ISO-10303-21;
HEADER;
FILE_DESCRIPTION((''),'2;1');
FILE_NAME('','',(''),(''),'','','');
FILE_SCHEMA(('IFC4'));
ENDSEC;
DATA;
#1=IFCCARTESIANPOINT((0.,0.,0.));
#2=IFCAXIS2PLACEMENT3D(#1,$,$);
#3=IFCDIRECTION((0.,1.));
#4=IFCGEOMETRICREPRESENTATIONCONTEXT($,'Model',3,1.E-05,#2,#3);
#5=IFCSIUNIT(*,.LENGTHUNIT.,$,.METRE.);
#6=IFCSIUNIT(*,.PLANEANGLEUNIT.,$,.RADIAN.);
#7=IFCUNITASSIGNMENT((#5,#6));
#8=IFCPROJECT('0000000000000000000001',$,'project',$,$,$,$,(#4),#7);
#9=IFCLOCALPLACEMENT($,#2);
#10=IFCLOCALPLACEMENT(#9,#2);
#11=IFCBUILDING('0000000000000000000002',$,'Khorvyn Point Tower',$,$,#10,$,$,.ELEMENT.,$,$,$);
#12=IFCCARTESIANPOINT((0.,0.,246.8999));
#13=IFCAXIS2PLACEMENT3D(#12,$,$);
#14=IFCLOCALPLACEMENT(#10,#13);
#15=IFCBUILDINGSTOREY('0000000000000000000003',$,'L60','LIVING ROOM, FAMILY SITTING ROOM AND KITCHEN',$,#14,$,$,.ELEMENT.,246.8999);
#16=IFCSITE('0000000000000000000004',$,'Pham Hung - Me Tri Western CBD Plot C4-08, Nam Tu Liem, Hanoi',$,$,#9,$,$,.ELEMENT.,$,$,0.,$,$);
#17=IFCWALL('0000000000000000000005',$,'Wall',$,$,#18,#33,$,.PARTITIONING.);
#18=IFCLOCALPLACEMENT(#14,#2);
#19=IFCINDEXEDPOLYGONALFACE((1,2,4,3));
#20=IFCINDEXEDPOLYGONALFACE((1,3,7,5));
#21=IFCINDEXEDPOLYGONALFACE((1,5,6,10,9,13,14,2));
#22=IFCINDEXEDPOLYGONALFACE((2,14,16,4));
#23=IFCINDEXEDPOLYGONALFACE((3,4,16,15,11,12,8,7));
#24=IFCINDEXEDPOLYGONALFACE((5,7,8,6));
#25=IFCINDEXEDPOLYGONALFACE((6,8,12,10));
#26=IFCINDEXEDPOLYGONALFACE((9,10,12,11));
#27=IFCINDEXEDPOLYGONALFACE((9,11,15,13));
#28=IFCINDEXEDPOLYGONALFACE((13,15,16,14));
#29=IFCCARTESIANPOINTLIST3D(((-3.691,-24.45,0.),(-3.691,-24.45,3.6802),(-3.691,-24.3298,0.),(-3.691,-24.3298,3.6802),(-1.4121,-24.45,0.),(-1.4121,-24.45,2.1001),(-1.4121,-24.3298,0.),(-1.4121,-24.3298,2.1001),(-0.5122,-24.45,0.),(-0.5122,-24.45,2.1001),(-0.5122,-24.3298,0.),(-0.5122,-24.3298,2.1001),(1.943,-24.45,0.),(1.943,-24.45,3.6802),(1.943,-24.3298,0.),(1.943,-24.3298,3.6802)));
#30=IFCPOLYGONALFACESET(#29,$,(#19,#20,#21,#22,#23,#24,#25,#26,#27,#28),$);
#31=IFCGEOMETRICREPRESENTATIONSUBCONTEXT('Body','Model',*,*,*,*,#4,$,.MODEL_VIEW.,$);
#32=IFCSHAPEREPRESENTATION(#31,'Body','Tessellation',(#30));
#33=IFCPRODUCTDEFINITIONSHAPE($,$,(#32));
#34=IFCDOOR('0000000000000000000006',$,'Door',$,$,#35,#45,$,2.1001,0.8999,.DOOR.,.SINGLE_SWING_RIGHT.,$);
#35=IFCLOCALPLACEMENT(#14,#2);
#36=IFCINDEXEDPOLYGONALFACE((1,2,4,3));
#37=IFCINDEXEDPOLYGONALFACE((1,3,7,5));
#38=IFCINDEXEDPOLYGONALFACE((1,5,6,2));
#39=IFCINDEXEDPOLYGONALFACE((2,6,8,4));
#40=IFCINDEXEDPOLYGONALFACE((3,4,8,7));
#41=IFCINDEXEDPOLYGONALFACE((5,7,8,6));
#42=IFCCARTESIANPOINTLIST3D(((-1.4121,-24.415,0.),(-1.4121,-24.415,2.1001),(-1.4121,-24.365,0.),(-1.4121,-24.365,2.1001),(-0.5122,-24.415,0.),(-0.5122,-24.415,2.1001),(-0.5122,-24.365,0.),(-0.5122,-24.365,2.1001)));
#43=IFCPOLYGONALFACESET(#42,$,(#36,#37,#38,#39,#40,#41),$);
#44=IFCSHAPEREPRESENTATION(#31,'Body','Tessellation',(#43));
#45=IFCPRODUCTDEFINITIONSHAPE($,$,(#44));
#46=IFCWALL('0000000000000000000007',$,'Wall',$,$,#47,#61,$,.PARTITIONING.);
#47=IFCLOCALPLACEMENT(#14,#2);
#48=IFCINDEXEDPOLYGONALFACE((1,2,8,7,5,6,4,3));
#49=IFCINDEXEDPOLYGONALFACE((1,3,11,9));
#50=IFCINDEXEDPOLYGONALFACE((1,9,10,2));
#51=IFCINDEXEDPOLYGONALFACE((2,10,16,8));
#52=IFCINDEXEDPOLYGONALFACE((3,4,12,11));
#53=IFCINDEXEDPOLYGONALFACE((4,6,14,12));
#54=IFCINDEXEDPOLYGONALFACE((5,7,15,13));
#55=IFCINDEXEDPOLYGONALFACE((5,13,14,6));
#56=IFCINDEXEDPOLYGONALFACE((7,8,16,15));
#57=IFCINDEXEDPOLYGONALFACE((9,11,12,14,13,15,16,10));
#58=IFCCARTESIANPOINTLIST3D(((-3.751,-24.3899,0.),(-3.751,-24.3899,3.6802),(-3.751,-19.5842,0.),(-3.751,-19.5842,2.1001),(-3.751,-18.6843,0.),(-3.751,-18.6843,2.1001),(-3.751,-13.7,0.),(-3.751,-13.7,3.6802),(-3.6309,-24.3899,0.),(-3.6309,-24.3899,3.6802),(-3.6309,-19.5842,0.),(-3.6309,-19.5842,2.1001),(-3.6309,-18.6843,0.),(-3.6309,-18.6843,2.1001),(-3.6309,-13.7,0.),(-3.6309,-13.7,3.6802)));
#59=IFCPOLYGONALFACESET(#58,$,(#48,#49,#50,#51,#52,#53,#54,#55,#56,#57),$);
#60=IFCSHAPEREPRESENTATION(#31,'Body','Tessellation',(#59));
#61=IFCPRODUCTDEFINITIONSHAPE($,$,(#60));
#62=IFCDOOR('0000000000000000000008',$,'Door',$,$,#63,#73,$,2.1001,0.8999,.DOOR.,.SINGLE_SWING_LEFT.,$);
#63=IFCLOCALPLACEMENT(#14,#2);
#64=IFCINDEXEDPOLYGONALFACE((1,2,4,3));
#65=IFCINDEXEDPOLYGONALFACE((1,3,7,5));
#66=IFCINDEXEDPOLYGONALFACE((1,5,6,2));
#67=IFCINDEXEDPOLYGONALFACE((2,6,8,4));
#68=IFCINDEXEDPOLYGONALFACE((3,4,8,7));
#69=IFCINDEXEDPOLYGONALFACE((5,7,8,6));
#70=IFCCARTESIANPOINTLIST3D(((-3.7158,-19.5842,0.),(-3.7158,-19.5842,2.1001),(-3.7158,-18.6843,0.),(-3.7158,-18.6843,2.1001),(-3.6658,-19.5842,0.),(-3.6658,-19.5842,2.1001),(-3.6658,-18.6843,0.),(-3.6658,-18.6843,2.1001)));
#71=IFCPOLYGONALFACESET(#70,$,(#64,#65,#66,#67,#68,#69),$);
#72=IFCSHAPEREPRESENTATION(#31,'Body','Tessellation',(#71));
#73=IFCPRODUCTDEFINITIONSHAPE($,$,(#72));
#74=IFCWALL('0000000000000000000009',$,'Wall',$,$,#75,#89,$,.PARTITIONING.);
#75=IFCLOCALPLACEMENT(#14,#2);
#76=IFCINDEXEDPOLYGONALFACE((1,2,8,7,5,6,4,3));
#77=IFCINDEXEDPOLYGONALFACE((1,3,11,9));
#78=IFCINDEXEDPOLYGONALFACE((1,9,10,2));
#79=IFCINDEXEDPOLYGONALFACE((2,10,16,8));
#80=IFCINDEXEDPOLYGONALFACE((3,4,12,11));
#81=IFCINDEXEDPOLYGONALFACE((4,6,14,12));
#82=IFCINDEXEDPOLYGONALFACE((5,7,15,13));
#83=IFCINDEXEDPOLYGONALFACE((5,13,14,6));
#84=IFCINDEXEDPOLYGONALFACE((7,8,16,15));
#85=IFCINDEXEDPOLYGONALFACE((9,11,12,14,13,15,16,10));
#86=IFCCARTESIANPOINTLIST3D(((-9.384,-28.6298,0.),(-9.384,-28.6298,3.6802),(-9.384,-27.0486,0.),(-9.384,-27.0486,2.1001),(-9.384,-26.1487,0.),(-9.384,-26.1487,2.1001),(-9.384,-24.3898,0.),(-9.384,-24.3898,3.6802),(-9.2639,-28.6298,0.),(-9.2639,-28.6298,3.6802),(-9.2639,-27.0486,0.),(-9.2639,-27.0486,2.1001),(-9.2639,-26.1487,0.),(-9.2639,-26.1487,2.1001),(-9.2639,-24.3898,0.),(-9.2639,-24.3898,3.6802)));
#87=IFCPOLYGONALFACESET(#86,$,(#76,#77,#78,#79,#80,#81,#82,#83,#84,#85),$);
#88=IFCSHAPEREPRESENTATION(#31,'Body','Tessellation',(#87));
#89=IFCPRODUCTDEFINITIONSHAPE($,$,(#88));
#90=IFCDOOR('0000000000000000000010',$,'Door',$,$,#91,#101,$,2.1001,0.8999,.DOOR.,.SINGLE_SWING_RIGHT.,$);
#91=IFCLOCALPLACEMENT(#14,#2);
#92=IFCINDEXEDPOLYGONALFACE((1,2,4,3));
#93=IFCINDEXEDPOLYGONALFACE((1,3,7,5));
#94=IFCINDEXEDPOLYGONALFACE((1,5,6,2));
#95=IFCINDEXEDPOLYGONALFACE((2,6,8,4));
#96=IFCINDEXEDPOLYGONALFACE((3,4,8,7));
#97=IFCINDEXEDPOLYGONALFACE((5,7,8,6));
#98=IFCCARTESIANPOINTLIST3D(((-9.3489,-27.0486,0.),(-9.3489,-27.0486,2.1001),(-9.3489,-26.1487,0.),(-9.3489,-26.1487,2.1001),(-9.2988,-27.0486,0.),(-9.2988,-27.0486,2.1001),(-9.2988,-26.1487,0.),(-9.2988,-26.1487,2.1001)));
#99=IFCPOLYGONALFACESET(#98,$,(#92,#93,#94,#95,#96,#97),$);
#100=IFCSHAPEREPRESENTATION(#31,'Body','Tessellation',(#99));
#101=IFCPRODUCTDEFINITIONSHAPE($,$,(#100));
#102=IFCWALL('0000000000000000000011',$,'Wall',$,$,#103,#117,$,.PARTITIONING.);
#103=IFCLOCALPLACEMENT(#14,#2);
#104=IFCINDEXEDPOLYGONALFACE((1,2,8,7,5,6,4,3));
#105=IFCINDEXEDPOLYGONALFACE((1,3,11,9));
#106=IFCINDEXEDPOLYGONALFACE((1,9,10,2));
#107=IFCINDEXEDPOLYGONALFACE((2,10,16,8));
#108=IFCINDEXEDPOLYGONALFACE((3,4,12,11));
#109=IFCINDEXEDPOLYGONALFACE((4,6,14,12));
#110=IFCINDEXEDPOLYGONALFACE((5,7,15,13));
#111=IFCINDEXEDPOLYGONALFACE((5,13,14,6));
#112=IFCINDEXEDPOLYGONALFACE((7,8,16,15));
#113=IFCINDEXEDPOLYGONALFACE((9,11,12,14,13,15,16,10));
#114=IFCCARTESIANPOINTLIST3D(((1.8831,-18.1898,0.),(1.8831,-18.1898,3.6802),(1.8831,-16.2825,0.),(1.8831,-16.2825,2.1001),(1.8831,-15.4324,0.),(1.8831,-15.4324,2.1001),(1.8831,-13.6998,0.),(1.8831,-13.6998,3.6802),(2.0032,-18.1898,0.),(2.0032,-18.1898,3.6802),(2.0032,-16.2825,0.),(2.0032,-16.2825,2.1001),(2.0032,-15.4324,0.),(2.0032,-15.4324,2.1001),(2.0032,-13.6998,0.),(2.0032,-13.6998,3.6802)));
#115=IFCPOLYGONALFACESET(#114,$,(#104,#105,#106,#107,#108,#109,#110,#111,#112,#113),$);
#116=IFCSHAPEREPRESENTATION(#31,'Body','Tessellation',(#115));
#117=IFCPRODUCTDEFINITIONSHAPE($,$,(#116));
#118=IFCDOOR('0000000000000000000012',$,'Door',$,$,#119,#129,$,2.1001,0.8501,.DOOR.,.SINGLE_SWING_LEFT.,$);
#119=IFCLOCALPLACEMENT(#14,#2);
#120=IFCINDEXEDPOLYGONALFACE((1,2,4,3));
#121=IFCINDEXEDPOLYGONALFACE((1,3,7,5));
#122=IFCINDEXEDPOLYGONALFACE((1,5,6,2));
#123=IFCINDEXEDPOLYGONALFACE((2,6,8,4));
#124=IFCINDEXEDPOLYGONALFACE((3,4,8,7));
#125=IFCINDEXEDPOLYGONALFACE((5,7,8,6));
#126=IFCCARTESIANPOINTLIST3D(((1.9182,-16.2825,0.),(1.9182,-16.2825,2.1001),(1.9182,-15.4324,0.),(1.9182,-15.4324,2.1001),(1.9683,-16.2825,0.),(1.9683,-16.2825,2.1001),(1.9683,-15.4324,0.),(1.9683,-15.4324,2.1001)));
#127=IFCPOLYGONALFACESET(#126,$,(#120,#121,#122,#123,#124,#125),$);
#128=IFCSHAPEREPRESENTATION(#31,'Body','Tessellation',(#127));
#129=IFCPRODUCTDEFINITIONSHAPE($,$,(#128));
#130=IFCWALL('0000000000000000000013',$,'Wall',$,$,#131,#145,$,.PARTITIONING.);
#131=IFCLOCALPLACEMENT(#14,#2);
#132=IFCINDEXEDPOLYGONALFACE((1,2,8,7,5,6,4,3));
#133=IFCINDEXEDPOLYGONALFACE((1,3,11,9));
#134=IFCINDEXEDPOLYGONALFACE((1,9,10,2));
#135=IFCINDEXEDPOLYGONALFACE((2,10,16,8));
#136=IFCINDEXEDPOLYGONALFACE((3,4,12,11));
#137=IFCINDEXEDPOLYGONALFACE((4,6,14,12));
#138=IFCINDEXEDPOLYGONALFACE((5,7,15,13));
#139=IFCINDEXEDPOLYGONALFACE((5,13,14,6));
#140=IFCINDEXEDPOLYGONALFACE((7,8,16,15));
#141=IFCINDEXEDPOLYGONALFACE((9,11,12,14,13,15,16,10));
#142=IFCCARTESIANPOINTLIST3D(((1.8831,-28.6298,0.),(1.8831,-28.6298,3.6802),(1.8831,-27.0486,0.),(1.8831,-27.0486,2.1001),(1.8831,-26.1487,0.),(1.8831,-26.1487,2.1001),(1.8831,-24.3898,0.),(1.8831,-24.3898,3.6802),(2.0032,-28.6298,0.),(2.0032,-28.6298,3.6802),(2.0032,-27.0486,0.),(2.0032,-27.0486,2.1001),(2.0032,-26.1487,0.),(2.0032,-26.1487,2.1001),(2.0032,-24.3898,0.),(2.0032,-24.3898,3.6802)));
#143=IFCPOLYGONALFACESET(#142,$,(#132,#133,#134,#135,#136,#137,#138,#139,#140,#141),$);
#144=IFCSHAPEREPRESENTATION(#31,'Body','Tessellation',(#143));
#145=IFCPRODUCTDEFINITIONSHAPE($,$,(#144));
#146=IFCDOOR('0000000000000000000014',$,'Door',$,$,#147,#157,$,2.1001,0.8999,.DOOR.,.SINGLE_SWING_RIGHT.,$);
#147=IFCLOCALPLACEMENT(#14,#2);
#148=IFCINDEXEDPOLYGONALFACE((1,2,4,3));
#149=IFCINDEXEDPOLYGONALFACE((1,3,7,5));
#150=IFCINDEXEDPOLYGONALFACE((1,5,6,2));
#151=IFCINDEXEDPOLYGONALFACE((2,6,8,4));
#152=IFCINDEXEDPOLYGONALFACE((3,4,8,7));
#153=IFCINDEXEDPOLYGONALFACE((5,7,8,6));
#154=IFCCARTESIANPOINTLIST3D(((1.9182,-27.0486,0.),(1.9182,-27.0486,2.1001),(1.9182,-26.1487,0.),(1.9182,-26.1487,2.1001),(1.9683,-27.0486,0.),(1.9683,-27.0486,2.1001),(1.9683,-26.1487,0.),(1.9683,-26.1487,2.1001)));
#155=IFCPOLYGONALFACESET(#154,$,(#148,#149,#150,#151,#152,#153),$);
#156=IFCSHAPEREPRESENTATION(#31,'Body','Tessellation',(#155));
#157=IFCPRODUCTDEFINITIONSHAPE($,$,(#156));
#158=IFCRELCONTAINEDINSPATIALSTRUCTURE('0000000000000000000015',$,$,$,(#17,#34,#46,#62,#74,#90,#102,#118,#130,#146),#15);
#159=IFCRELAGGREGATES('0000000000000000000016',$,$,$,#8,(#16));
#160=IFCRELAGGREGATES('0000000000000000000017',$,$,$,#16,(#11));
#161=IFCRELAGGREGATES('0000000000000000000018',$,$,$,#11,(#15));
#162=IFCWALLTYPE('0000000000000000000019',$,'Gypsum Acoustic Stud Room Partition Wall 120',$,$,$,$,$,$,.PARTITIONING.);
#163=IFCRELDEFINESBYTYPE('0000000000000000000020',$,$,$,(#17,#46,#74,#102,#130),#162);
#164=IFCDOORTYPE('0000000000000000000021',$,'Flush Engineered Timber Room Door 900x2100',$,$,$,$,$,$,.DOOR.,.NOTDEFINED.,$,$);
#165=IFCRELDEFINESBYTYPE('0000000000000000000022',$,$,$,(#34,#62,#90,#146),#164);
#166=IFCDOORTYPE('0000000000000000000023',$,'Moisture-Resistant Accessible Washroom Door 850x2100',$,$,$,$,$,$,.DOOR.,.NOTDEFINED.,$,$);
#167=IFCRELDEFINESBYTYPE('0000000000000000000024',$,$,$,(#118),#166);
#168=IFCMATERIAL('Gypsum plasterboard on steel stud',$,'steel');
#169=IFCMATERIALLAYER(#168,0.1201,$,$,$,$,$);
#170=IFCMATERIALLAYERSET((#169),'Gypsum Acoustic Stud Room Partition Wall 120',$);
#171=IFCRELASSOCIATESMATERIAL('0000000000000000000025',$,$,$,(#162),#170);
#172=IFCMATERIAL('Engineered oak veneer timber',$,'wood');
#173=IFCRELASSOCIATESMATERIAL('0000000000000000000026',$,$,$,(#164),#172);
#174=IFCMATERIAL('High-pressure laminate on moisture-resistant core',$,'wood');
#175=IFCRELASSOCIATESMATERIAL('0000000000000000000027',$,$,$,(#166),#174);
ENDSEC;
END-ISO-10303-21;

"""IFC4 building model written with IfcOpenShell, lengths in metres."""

from ifc_helpers import new_model, si_unit, direction, frame, frame_2d, origin, place, context, subcontext, project, spatial, rectangle, extrude, material, layer, layer_set, type_object, element, fill, save


model = new_model("IFC4")

# Units and contexts
model_context = context("Model", 3, precision=1e-05, world=origin(), true_north=direction((0.0, 1.0)))
body_context = subcontext(model_context, "Body", "Model", "MODEL_VIEW")
ifc_project = project(units=[si_unit("LENGTHUNIT", "METRE"), si_unit("PLANEANGLEUNIT", "RADIAN")], contexts=[model_context])

# Site, building, storey
site_placement = place(None, origin())
site = spatial("IfcSite", under=ifc_project, at=site_placement, Name="Pham Hung - Me Tri Western CBD Plot C4-08, Nam Tu Liem, Hanoi", CompositionType="ELEMENT", RefElevation=0.0)
building_placement = place(site_placement, origin())
building = spatial("IfcBuilding", under=site, at=building_placement, Name="Khorvyn Point Tower", CompositionType="ELEMENT")
storey_placement = place(building_placement, frame((0.0, 0.0, 246.8999)))
storey = spatial("IfcBuildingStorey", under=building, at=storey_placement, Name="L60", Description="LIVING ROOM, FAMILY SITTING ROOM AND KITCHEN", CompositionType="ELEMENT", Elevation=246.8999)

# Walls, openings, doors
ifc_material_1 = material(Name="Gypsum plasterboard on steel stud", Category="steel")
ifc_layer_1 = layer(ifc_material_1, 0.1201)
ifc_layer_set_1 = layer_set([ifc_layer_1], Name="Gypsum Acoustic Stud Room Partition Wall 120")
wall_type_1 = type_object("IfcWallType", Name="Gypsum Acoustic Stud Room Partition Wall 120", PredefinedType="PARTITIONING", material=ifc_layer_set_1)
ifc_material_2 = material(Name="Engineered oak veneer timber", Category="wood")
door_type_1 = type_object("IfcDoorType", Name="Flush Engineered Timber Room Door 900x2100", OperationType="NOTDEFINED", PredefinedType="DOOR", material=ifc_material_2)
wall_1_placement = place(storey_placement, frame((-3.6909, -24.3899, 0.0), z_axis=(0.0, 0.0, 1.0), x_axis=(1.0, 0.0, 0.0)))
wall_1 = element("IfcWall", 1, at=wall_1_placement, inside=storey, type_object=wall_type_1, Name="Wall", PredefinedType="PARTITIONING", context=body_context, shape_type="SweptSolid", body=[
    extrude(rectangle(XDim=5.634, YDim=0.1201, at=frame_2d((2.8169, 0.0))), origin(), (0.0, 0.0, 1.0), 3.6802),
])
opening_1_placement = place(wall_1_placement, frame((2.2788, 0.0, 0.0)))
opening_1 = element("IfcOpeningElement", 2, at=opening_1_placement, cuts=wall_1, PredefinedType="OPENING", context=body_context, shape_type="SweptSolid", body=[
    extrude(rectangle(XDim=0.8999, YDim=2.1001, at=frame_2d((0.45, 1.05))), frame((0.0, 0.0701, 0.0), z_axis=(0.0, -1.0, 0.0), x_axis=(1.0, 0.0, 0.0)), (0.0, 0.0, 1.0), 0.1401),
])
door_1_placement = place(opening_1_placement, origin())
door_1 = element("IfcDoor", 3, at=door_1_placement, inside=storey, type_object=door_type_1, Name="Door", OperationType="SINGLE_SWING_RIGHT", OverallHeight=2.1001, OverallWidth=0.8999, PredefinedType="DOOR", context=body_context, shape_type="SweptSolid", body=[
    extrude(rectangle(XDim=0.8999, YDim=2.1001, at=frame_2d((0.45, 1.05))), frame((0.0, 0.0249, 0.0), z_axis=(0.0, -1.0, 0.0), x_axis=(1.0, 0.0, 0.0)), (0.0, 0.0, 1.0), 0.05),
])
fill(opening_1, door_1)
wall_2_placement = place(storey_placement, frame((-3.6909, -24.3899, 0.0), z_axis=(0.0, 0.0, 1.0), x_axis=(0.0, 1.0, 0.0)))
wall_2 = element("IfcWall", 4, at=wall_2_placement, inside=storey, type_object=wall_type_1, Name="Wall", PredefinedType="PARTITIONING", context=body_context, shape_type="SweptSolid", body=[
    extrude(rectangle(XDim=10.6899, YDim=0.1201, at=frame_2d((5.345, 0.0))), origin(), (0.0, 0.0, 1.0), 3.6802),
])
opening_2_placement = place(wall_2_placement, frame((4.8057, 0.0, 0.0)))
opening_2 = element("IfcOpeningElement", 5, at=opening_2_placement, cuts=wall_2, PredefinedType="OPENING", context=body_context, shape_type="SweptSolid", body=[
    extrude(rectangle(XDim=0.8999, YDim=2.1001, at=frame_2d((0.45, 1.05))), frame((0.0, 0.0701, 0.0), z_axis=(0.0, -1.0, 0.0), x_axis=(1.0, 0.0, 0.0)), (0.0, 0.0, 1.0), 0.1401),
])
door_2_placement = place(opening_2_placement, origin())
door_2 = element("IfcDoor", 6, at=door_2_placement, inside=storey, type_object=door_type_1, Name="Door", OperationType="SINGLE_SWING_LEFT", OverallHeight=2.1001, OverallWidth=0.8999, PredefinedType="DOOR", context=body_context, shape_type="SweptSolid", body=[
    extrude(rectangle(XDim=0.8999, YDim=2.1001, at=frame_2d((0.45, 1.05))), frame((0.0, 0.0249, 0.0), z_axis=(0.0, -1.0, 0.0), x_axis=(1.0, 0.0, 0.0)), (0.0, 0.0, 1.0), 0.05),
])
fill(opening_2, door_2)
wall_3_placement = place(storey_placement, frame((-9.324, -28.6299, 0.0), z_axis=(0.0, 0.0, 1.0), x_axis=(0.0, 1.0, 0.0)))
wall_3 = element("IfcWall", 7, at=wall_3_placement, inside=storey, type_object=wall_type_1, Name="Wall", PredefinedType="PARTITIONING", context=body_context, shape_type="SweptSolid", body=[
    extrude(rectangle(XDim=4.24, YDim=0.1201, at=frame_2d((2.1201, 0.0))), origin(), (0.0, 0.0, 1.0), 3.6802),
])
opening_3_placement = place(wall_3_placement, frame((1.5813, 0.0, 0.0)))
opening_3 = element("IfcOpeningElement", 8, at=opening_3_placement, cuts=wall_3, PredefinedType="OPENING", context=body_context, shape_type="SweptSolid", body=[
    extrude(rectangle(XDim=0.8999, YDim=2.1001, at=frame_2d((0.45, 1.05))), frame((0.0, 0.0701, 0.0), z_axis=(0.0, -1.0, 0.0), x_axis=(1.0, 0.0, 0.0)), (0.0, 0.0, 1.0), 0.1401),
])
door_3_placement = place(opening_3_placement, origin())
door_3 = element("IfcDoor", 9, at=door_3_placement, inside=storey, type_object=door_type_1, Name="Door", OperationType="SINGLE_SWING_RIGHT", OverallHeight=2.1001, OverallWidth=0.8999, PredefinedType="DOOR", context=body_context, shape_type="SweptSolid", body=[
    extrude(rectangle(XDim=0.8999, YDim=2.1001, at=frame_2d((0.45, 1.05))), frame((0.0, 0.0249, 0.0), z_axis=(0.0, -1.0, 0.0), x_axis=(1.0, 0.0, 0.0)), (0.0, 0.0, 1.0), 0.05),
])
fill(opening_3, door_3)
wall_4_placement = place(storey_placement, frame((1.9431, -18.1899, 0.0), z_axis=(0.0, 0.0, 1.0), x_axis=(0.0, 1.0, 0.0)))
wall_4 = element("IfcWall", 10, at=wall_4_placement, inside=storey, type_object=wall_type_1, Name="Wall", PredefinedType="PARTITIONING", context=body_context, shape_type="SweptSolid", body=[
    extrude(rectangle(XDim=4.49, YDim=0.1201, at=frame_2d((2.2451, 0.0))), origin(), (0.0, 0.0, 1.0), 3.6802),
])
opening_4_placement = place(wall_4_placement, frame((1.9075, 0.0, 0.0)))
opening_4 = element("IfcOpeningElement", 11, at=opening_4_placement, cuts=wall_4, PredefinedType="OPENING", context=body_context, shape_type="SweptSolid", body=[
    extrude(rectangle(XDim=0.8501, YDim=2.1001, at=frame_2d((0.425, 1.05))), frame((0.0, 0.0701, 0.0), z_axis=(0.0, -1.0, 0.0), x_axis=(1.0, 0.0, 0.0)), (0.0, 0.0, 1.0), 0.1401),
])
ifc_material_3 = material(Name="High-pressure laminate on moisture-resistant core", Category="wood")
door_type_2 = type_object("IfcDoorType", Name="Moisture-Resistant Accessible Washroom Door 850x2100", OperationType="NOTDEFINED", PredefinedType="DOOR", material=ifc_material_3)
door_4_placement = place(opening_4_placement, origin())
door_4 = element("IfcDoor", 12, at=door_4_placement, inside=storey, type_object=door_type_2, Name="Door", OperationType="SINGLE_SWING_LEFT", OverallHeight=2.1001, OverallWidth=0.8501, PredefinedType="DOOR", context=body_context, shape_type="SweptSolid", body=[
    extrude(rectangle(XDim=0.8501, YDim=2.1001, at=frame_2d((0.425, 1.05))), frame((0.0, 0.0249, 0.0), z_axis=(0.0, -1.0, 0.0), x_axis=(1.0, 0.0, 0.0)), (0.0, 0.0, 1.0), 0.05),
])
fill(opening_4, door_4)
wall_5_placement = place(storey_placement, frame((1.9431, -28.6299, 0.0), z_axis=(0.0, 0.0, 1.0), x_axis=(0.0, 1.0, 0.0)))
wall_5 = element("IfcWall", 13, at=wall_5_placement, inside=storey, type_object=wall_type_1, Name="Wall", PredefinedType="PARTITIONING", context=body_context, shape_type="SweptSolid", body=[
    extrude(rectangle(XDim=4.24, YDim=0.1201, at=frame_2d((2.1201, 0.0))), origin(), (0.0, 0.0, 1.0), 3.6802),
])
opening_5_placement = place(wall_5_placement, frame((1.5813, 0.0, 0.0)))
opening_5 = element("IfcOpeningElement", 14, at=opening_5_placement, cuts=wall_5, PredefinedType="OPENING", context=body_context, shape_type="SweptSolid", body=[
    extrude(rectangle(XDim=0.8999, YDim=2.1001, at=frame_2d((0.45, 1.05))), frame((0.0, 0.0701, 0.0), z_axis=(0.0, -1.0, 0.0), x_axis=(1.0, 0.0, 0.0)), (0.0, 0.0, 1.0), 0.1401),
])
door_5_placement = place(opening_5_placement, origin())
door_5 = element("IfcDoor", 15, at=door_5_placement, inside=storey, type_object=door_type_1, Name="Door", OperationType="SINGLE_SWING_RIGHT", OverallHeight=2.1001, OverallWidth=0.8999, PredefinedType="DOOR", context=body_context, shape_type="SweptSolid", body=[
    extrude(rectangle(XDim=0.8999, YDim=2.1001, at=frame_2d((0.45, 1.05))), frame((0.0, 0.0249, 0.0), z_axis=(0.0, -1.0, 0.0), x_axis=(1.0, 0.0, 0.0)), (0.0, 0.0, 1.0), 0.05),
])
fill(opening_5, door_5)

save(model, "model.ifc")
